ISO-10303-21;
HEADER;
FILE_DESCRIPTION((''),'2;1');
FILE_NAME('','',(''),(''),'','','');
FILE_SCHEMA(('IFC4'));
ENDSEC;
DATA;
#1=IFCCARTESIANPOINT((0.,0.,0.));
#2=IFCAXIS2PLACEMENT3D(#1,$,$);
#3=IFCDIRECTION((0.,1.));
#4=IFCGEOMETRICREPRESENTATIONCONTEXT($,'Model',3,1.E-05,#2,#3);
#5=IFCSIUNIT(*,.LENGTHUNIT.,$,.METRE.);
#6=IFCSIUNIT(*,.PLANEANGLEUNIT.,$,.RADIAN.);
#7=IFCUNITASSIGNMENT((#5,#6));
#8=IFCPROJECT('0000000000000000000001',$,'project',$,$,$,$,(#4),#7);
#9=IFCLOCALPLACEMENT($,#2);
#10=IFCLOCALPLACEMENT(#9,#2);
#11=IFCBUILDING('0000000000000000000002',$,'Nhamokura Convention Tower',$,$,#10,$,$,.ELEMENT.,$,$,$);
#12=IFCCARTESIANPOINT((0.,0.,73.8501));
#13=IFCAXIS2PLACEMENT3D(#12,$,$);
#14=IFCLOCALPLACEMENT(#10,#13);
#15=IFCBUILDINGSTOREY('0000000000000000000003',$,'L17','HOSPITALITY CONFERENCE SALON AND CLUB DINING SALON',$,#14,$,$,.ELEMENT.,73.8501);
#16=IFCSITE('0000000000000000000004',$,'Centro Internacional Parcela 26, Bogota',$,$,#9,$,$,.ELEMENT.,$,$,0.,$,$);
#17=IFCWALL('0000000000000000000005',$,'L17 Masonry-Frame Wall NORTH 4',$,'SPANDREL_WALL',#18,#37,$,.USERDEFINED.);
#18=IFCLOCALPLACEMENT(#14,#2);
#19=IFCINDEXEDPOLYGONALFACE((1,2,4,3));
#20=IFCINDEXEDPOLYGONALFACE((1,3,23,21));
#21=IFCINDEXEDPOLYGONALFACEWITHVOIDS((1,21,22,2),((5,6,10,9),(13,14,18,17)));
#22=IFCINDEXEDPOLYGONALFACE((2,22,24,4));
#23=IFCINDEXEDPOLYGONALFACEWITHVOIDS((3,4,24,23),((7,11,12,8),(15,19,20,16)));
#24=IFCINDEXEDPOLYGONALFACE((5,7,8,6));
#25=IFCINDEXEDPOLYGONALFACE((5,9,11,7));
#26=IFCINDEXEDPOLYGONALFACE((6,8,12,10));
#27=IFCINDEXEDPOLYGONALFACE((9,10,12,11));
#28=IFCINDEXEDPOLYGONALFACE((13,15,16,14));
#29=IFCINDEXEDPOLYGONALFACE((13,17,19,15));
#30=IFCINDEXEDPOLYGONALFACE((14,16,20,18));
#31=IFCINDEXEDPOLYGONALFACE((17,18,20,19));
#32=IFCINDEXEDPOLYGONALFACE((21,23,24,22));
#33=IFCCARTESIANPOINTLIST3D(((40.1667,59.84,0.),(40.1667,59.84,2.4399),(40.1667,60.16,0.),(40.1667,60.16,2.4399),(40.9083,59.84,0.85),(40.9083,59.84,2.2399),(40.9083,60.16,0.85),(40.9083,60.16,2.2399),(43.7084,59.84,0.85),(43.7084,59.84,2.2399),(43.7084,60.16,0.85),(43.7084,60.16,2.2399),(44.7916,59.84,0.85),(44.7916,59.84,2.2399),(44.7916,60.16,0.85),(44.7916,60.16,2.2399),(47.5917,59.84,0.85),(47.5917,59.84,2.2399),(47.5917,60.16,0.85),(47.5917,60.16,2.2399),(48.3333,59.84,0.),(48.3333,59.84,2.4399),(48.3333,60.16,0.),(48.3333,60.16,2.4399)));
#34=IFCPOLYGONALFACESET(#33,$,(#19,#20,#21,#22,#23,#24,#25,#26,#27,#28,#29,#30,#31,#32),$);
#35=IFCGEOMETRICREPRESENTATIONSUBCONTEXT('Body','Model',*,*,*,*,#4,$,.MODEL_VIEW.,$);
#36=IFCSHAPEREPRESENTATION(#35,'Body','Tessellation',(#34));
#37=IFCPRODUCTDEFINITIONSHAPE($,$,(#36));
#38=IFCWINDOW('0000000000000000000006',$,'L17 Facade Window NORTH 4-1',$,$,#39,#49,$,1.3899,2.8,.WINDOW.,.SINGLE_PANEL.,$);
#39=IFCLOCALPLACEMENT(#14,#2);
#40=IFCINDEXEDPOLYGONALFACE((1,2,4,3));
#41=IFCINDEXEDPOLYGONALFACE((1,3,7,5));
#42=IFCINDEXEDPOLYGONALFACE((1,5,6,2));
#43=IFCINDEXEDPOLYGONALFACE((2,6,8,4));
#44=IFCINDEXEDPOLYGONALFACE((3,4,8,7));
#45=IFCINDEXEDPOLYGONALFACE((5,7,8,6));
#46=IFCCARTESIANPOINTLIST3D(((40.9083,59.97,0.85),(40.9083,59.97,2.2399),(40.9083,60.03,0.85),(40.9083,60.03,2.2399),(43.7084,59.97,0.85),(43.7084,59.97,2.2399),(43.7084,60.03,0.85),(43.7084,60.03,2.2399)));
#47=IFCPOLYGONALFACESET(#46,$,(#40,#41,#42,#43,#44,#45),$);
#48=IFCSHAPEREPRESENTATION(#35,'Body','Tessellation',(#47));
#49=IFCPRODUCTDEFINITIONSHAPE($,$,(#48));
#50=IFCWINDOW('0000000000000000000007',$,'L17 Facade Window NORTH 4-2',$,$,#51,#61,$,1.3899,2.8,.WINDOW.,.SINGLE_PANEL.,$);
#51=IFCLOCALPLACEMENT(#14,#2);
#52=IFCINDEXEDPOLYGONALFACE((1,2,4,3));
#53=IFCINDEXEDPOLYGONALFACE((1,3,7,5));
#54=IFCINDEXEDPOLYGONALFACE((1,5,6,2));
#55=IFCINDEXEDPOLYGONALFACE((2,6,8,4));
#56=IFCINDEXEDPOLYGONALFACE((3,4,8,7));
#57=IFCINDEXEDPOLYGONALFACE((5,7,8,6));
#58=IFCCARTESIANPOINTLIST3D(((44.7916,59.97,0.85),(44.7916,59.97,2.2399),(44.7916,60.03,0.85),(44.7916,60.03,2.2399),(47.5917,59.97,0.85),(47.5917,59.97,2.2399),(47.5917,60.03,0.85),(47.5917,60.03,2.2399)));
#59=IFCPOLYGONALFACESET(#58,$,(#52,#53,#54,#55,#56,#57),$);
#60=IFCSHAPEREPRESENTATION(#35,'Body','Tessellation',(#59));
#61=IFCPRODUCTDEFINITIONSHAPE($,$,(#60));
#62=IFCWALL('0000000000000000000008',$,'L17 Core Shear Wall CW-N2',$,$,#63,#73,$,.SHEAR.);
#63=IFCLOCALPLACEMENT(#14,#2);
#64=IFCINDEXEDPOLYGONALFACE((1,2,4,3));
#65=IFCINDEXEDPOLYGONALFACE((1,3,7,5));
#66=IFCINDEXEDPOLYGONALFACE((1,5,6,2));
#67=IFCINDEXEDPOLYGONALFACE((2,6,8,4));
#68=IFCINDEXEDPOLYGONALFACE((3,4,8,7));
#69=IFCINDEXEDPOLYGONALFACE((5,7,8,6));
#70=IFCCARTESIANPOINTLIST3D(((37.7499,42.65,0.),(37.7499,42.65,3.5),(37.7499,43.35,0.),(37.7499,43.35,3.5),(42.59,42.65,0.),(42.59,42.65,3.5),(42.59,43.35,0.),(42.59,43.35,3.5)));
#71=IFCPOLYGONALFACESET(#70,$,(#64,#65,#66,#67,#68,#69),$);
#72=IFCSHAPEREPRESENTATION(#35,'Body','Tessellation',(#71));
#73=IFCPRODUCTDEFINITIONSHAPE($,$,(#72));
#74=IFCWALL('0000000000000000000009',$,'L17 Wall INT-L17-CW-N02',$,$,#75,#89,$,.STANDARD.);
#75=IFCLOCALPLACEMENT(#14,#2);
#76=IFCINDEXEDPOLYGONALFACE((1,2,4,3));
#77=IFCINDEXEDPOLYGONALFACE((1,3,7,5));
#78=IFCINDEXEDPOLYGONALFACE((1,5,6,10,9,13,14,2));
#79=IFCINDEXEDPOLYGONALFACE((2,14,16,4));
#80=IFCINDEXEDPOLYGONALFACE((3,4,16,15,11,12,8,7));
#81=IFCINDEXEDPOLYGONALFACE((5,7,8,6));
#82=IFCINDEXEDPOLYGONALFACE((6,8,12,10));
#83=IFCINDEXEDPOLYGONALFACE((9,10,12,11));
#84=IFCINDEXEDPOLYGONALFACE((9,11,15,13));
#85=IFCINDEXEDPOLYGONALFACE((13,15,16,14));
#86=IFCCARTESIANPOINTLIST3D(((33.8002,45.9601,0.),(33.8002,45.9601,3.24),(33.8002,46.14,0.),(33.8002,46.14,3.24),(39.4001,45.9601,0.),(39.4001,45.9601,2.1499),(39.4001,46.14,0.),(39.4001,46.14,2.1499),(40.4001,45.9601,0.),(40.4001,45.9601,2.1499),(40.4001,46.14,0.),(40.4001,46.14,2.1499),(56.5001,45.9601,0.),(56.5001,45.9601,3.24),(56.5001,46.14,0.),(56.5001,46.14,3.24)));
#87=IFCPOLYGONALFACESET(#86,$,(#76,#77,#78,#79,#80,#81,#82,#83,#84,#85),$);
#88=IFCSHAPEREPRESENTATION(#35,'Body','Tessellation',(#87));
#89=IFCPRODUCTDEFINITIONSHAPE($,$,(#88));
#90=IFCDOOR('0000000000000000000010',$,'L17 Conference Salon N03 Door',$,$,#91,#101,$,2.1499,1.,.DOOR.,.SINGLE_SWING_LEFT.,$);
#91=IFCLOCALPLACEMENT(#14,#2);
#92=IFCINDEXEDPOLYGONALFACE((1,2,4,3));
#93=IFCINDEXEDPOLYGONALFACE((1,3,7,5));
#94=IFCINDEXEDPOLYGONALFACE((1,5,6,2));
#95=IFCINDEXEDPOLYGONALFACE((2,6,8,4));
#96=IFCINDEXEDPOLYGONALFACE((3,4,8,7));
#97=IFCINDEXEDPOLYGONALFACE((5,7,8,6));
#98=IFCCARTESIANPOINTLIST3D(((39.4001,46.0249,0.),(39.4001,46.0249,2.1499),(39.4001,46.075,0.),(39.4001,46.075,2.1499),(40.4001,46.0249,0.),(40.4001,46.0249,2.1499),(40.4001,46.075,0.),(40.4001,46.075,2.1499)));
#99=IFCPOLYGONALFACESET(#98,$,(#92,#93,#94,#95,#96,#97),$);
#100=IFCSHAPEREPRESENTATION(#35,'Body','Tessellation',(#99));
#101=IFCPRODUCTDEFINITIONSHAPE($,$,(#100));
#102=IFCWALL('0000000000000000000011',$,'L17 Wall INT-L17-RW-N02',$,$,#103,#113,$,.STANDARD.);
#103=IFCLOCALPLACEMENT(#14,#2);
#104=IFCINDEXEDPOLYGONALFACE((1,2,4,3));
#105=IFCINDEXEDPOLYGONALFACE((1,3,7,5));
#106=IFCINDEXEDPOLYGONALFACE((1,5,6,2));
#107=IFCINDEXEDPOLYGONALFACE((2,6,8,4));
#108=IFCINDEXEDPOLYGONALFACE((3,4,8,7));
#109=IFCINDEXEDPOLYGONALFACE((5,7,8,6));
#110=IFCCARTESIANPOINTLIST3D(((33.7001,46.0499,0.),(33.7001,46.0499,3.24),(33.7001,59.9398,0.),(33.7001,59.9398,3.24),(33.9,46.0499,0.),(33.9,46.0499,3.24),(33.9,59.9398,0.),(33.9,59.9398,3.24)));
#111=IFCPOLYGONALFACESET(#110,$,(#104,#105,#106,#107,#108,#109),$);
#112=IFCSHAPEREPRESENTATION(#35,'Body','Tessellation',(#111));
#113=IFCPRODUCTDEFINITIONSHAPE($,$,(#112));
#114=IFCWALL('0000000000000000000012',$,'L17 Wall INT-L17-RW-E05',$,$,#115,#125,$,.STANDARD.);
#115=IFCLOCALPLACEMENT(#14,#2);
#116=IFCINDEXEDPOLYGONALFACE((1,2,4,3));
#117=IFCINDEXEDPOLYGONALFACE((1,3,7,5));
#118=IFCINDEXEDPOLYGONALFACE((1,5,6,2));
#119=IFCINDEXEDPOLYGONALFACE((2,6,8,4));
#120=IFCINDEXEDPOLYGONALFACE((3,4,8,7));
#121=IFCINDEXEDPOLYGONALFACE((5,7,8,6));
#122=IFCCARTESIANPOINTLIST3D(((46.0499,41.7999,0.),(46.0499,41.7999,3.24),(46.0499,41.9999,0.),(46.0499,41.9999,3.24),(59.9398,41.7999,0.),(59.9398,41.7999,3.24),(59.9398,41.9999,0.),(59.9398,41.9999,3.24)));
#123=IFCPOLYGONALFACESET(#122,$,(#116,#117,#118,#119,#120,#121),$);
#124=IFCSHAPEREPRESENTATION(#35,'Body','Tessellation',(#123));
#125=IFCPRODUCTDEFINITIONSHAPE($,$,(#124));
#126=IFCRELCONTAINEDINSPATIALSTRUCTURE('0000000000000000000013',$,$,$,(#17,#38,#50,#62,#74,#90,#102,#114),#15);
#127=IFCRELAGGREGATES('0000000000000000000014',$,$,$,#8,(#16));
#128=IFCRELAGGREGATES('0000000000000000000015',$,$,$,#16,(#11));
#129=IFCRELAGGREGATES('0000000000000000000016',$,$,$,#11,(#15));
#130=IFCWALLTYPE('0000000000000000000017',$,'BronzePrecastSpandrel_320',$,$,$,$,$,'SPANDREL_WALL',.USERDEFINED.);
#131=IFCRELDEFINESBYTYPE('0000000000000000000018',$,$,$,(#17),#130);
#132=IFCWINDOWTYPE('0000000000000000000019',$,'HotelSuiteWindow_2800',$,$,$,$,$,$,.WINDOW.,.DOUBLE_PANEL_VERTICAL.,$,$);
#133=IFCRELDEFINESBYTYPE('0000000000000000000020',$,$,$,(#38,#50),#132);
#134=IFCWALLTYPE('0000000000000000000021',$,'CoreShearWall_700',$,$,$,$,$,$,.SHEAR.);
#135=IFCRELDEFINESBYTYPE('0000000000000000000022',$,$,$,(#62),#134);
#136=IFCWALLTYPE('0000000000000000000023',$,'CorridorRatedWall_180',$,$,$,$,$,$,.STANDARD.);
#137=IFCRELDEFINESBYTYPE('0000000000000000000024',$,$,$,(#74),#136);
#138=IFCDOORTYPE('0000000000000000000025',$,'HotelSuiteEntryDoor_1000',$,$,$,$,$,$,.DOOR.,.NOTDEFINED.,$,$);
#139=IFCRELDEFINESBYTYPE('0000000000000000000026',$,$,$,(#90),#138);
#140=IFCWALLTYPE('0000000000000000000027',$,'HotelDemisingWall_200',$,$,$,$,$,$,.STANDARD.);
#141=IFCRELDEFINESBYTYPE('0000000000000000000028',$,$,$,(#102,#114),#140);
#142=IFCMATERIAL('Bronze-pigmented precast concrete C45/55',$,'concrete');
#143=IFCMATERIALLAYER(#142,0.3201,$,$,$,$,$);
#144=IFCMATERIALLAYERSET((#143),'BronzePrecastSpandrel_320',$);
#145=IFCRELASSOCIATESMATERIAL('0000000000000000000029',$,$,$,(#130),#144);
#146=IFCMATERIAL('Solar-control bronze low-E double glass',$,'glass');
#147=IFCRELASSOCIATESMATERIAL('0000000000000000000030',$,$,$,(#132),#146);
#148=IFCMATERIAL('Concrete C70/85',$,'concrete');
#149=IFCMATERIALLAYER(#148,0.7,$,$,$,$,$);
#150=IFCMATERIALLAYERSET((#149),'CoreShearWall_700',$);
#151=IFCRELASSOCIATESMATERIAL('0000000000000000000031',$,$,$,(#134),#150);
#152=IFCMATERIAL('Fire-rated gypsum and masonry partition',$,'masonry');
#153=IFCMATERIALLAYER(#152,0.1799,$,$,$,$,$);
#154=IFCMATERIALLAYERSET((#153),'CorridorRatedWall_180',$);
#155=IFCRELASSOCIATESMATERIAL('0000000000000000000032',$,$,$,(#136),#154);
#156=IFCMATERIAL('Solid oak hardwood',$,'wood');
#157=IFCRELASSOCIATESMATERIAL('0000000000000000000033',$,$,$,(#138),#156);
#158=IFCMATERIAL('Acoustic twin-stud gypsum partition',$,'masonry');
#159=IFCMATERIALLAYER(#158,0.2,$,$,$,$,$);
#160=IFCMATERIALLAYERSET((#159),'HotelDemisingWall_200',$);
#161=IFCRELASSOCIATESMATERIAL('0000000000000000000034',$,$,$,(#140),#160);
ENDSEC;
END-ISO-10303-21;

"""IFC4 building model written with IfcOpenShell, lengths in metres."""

from ifc_helpers import new_model, si_unit, direction, frame, frame_2d, origin, place, context, subcontext, project, spatial, rectangle, extrude, material, layer, layer_set, type_object, element, fill, save


model = new_model("IFC4")

# Units and contexts
model_context = context("Model", 3, precision=1e-05, world=origin(), true_north=direction((0.0, 1.0)))
body_context = subcontext(model_context, "Body", "Model", "MODEL_VIEW")
ifc_project = project(units=[si_unit("LENGTHUNIT", "METRE"), si_unit("PLANEANGLEUNIT", "RADIAN")], contexts=[model_context])

# Site, building, storey
site_placement = place(None, origin())
site = spatial("IfcSite", under=ifc_project, at=site_placement, Name="Centro Internacional Parcela 26, Bogota", CompositionType="ELEMENT", RefElevation=0.0)
building_placement = place(site_placement, origin())
building = spatial("IfcBuilding", under=site, at=building_placement, Name="Nhamokura Convention Tower", CompositionType="ELEMENT")
storey_placement = place(building_placement, frame((0.0, 0.0, 73.8501)))
storey = spatial("IfcBuildingStorey", under=building, at=storey_placement, Name="L17", Description="HOSPITALITY CONFERENCE SALON AND CLUB DINING SALON", CompositionType="ELEMENT", Elevation=73.8501)

# Shared definitions
ifc_material_1 = material(Name="Bronze-pigmented precast concrete C45/55", Category="concrete")
ifc_layer_1 = layer(ifc_material_1, 0.3201)
ifc_layer_set_1 = layer_set([ifc_layer_1], Name="BronzePrecastSpandrel_320")
wall_type_1 = type_object("IfcWallType", Name="BronzePrecastSpandrel_320", ElementType="SPANDREL_WALL", PredefinedType="USERDEFINED", material=ifc_layer_set_1)

# Wall, openings, windows
wall_1_placement = place(storey_placement, frame((40.1667, 60.0, 0.0), z_axis=(0.0, 0.0, 1.0), x_axis=(1.0, 0.0, 0.0)))
wall_1 = element("IfcWall", 1, at=wall_1_placement, inside=storey, type_object=wall_type_1, Name="L17 Masonry-Frame Wall NORTH 4", ObjectType="SPANDREL_WALL", PredefinedType="USERDEFINED", context=body_context, shape_type="SweptSolid", body=[
    extrude(rectangle(XDim=8.1665, YDim=0.3201, at=frame_2d((4.0833, 0.0))), origin(), (0.0, 0.0, 1.0), 2.4399),
])
opening_1_placement = place(wall_1_placement, frame((0.7417, 0.0, 0.8501)))
opening_1 = element("IfcOpeningElement", 2, at=opening_1_placement, cuts=wall_1, PredefinedType="OPENING", context=body_context, shape_type="SweptSolid", body=[
    extrude(rectangle(XDim=2.8, YDim=1.3899, at=frame_2d((1.3999, 0.6948))), frame((0.0, 0.1699, 0.0), z_axis=(0.0, -1.0, 0.0), x_axis=(1.0, 0.0, 0.0)), (0.0, 0.0, 1.0), 0.3401),
])
opening_2_placement = place(wall_1_placement, frame((4.625, 0.0, 0.8501)))
opening_2 = element("IfcOpeningElement", 3, at=opening_2_placement, cuts=wall_1, PredefinedType="OPENING", context=body_context, shape_type="SweptSolid", body=[
    extrude(rectangle(XDim=2.8, YDim=1.3899, at=frame_2d((1.3999, 0.6948))), frame((0.0, 0.1699, 0.0), z_axis=(0.0, -1.0, 0.0), x_axis=(1.0, 0.0, 0.0)), (0.0, 0.0, 1.0), 0.3401),
])
ifc_material_2 = material(Name="Solar-control bronze low-E double glass", Category="glass")
window_type_1 = type_object("IfcWindowType", Name="HotelSuiteWindow_2800", PartitioningType="DOUBLE_PANEL_VERTICAL", PredefinedType="WINDOW", material=ifc_material_2)
window_1_placement = place(opening_1_placement, origin())
window_1 = element("IfcWindow", 4, at=window_1_placement, inside=storey, type_object=window_type_1, Name="L17 Facade Window NORTH 4-1", OverallHeight=1.3899, OverallWidth=2.8, PartitioningType="SINGLE_PANEL", PredefinedType="WINDOW", context=body_context, shape_type="SweptSolid", body=[
    extrude(rectangle(XDim=2.8, YDim=1.3899, at=frame_2d((1.3999, 0.6948))), frame((0.0, 0.03, 0.0), z_axis=(0.0, -1.0, 0.0), x_axis=(1.0, 0.0, 0.0)), (0.0, 0.0, 1.0), 0.0601),
])
fill(opening_1, window_1)
window_2_placement = place(opening_2_placement, origin())
window_2 = element("IfcWindow", 5, at=window_2_placement, inside=storey, type_object=window_type_1, Name="L17 Facade Window NORTH 4-2", OverallHeight=1.3899, OverallWidth=2.8, PartitioningType="SINGLE_PANEL", PredefinedType="WINDOW", context=body_context, shape_type="SweptSolid", body=[
    extrude(rectangle(XDim=2.8, YDim=1.3899, at=frame_2d((1.3999, 0.6948))), frame((0.0, 0.03, 0.0), z_axis=(0.0, -1.0, 0.0), x_axis=(1.0, 0.0, 0.0)), (0.0, 0.0, 1.0), 0.0601),
])
fill(opening_2, window_2)

# Wall
ifc_material_3 = material(Name="Concrete C70/85", Category="concrete")
ifc_layer_2 = layer(ifc_material_3, 0.7)
ifc_layer_set_2 = layer_set([ifc_layer_2], Name="CoreShearWall_700")
wall_type_2 = type_object("IfcWallType", Name="CoreShearWall_700", PredefinedType="SHEAR", material=ifc_layer_set_2)
wall_2_placement = place(storey_placement, frame((37.75, 43.0, 0.0), z_axis=(0.0, 0.0, 1.0), x_axis=(1.0, 0.0, 0.0)))
element("IfcWall", 6, at=wall_2_placement, inside=storey, type_object=wall_type_2, Name="L17 Core Shear Wall CW-N2", PredefinedType="SHEAR", context=body_context, shape_type="SweptSolid", body=[
    extrude(rectangle(XDim=4.8401, YDim=0.7, at=frame_2d((2.4199, 0.0))), origin(), (0.0, 0.0, 1.0), 3.5),
])

# Wall, opening, door
ifc_material_4 = material(Name="Fire-rated gypsum and masonry partition", Category="masonry")
ifc_layer_3 = layer(ifc_material_4, 0.1799)
ifc_layer_set_3 = layer_set([ifc_layer_3], Name="CorridorRatedWall_180")
wall_type_3 = type_object("IfcWallType", Name="CorridorRatedWall_180", PredefinedType="STANDARD", material=ifc_layer_set_3)
wall_3_placement = place(storey_placement, frame((33.8, 46.05, 0.0), z_axis=(0.0, 0.0, 1.0), x_axis=(1.0, 0.0, 0.0)))
wall_3 = element("IfcWall", 7, at=wall_3_placement, inside=storey, type_object=wall_type_3, Name="L17 Wall INT-L17-CW-N02", PredefinedType="STANDARD", context=body_context, shape_type="SweptSolid", body=[
    extrude(rectangle(XDim=22.7, YDim=0.1799, at=frame_2d((11.3501, 0.0))), origin(), (0.0, 0.0, 1.0), 3.24),
])
opening_3_placement = place(wall_3_placement, frame((5.6001, 0.0, 0.0)))
opening_3 = element("IfcOpeningElement", 8, at=opening_3_placement, cuts=wall_3, PredefinedType="OPENING", context=body_context, shape_type="SweptSolid", body=[
    extrude(rectangle(XDim=1.0, YDim=2.1499, at=frame_2d((0.5, 1.075))), frame((0.0, 0.0999, 0.0), z_axis=(0.0, -1.0, 0.0), x_axis=(1.0, 0.0, 0.0)), (0.0, 0.0, 1.0), 0.2),
])
ifc_material_5 = material(Name="Solid oak hardwood", Category="wood")
door_type = type_object("IfcDoorType", Name="HotelSuiteEntryDoor_1000", OperationType="NOTDEFINED", PredefinedType="DOOR", material=ifc_material_5)
door_1_placement = place(opening_3_placement, origin())
door_1 = element("IfcDoor", 9, at=door_1_placement, inside=storey, type_object=door_type, Name="L17 Conference Salon N03 Door", OperationType="SINGLE_SWING_LEFT", OverallHeight=2.1499, OverallWidth=1.0, PredefinedType="DOOR", context=body_context, shape_type="SweptSolid", body=[
    extrude(rectangle(XDim=1.0, YDim=2.1499, at=frame_2d((0.5, 1.075))), frame((0.0, 0.0249, 0.0), z_axis=(0.0, -1.0, 0.0), x_axis=(1.0, 0.0, 0.0)), (0.0, 0.0, 1.0), 0.05),
])
fill(opening_3, door_1)

# Walls
ifc_material_6 = material(Name="Acoustic twin-stud gypsum partition", Category="masonry")
ifc_layer_4 = layer(ifc_material_6, 0.2)
ifc_layer_set_4 = layer_set([ifc_layer_4], Name="HotelDemisingWall_200")
wall_type_4 = type_object("IfcWallType", Name="HotelDemisingWall_200", PredefinedType="STANDARD", material=ifc_layer_set_4)
for number, where, z_axis, x_axis, name in (
    (10, (33.8, 46.05, 0.0), (0.0, 0.0, 1.0), (0.0, 1.0, 0.0), "L17 Wall INT-L17-RW-N02"),
    (11, (46.05, 41.8999, 0.0), (0.0, 0.0, 1.0), (1.0, 0.0, 0.0), "L17 Wall INT-L17-RW-E05"),
):
    element("IfcWall", number, at=place(storey_placement, frame(where, z_axis=z_axis, x_axis=x_axis)), inside=storey, type_object=wall_type_4, Name=name, PredefinedType="STANDARD", context=body_context, shape_type="SweptSolid", body=[
        extrude(rectangle(XDim=13.8899, YDim=0.2, at=frame_2d((6.9448, 0.0))), origin(), (0.0, 0.0, 1.0), 3.24),
    ])

save(model, "model.ifc")
